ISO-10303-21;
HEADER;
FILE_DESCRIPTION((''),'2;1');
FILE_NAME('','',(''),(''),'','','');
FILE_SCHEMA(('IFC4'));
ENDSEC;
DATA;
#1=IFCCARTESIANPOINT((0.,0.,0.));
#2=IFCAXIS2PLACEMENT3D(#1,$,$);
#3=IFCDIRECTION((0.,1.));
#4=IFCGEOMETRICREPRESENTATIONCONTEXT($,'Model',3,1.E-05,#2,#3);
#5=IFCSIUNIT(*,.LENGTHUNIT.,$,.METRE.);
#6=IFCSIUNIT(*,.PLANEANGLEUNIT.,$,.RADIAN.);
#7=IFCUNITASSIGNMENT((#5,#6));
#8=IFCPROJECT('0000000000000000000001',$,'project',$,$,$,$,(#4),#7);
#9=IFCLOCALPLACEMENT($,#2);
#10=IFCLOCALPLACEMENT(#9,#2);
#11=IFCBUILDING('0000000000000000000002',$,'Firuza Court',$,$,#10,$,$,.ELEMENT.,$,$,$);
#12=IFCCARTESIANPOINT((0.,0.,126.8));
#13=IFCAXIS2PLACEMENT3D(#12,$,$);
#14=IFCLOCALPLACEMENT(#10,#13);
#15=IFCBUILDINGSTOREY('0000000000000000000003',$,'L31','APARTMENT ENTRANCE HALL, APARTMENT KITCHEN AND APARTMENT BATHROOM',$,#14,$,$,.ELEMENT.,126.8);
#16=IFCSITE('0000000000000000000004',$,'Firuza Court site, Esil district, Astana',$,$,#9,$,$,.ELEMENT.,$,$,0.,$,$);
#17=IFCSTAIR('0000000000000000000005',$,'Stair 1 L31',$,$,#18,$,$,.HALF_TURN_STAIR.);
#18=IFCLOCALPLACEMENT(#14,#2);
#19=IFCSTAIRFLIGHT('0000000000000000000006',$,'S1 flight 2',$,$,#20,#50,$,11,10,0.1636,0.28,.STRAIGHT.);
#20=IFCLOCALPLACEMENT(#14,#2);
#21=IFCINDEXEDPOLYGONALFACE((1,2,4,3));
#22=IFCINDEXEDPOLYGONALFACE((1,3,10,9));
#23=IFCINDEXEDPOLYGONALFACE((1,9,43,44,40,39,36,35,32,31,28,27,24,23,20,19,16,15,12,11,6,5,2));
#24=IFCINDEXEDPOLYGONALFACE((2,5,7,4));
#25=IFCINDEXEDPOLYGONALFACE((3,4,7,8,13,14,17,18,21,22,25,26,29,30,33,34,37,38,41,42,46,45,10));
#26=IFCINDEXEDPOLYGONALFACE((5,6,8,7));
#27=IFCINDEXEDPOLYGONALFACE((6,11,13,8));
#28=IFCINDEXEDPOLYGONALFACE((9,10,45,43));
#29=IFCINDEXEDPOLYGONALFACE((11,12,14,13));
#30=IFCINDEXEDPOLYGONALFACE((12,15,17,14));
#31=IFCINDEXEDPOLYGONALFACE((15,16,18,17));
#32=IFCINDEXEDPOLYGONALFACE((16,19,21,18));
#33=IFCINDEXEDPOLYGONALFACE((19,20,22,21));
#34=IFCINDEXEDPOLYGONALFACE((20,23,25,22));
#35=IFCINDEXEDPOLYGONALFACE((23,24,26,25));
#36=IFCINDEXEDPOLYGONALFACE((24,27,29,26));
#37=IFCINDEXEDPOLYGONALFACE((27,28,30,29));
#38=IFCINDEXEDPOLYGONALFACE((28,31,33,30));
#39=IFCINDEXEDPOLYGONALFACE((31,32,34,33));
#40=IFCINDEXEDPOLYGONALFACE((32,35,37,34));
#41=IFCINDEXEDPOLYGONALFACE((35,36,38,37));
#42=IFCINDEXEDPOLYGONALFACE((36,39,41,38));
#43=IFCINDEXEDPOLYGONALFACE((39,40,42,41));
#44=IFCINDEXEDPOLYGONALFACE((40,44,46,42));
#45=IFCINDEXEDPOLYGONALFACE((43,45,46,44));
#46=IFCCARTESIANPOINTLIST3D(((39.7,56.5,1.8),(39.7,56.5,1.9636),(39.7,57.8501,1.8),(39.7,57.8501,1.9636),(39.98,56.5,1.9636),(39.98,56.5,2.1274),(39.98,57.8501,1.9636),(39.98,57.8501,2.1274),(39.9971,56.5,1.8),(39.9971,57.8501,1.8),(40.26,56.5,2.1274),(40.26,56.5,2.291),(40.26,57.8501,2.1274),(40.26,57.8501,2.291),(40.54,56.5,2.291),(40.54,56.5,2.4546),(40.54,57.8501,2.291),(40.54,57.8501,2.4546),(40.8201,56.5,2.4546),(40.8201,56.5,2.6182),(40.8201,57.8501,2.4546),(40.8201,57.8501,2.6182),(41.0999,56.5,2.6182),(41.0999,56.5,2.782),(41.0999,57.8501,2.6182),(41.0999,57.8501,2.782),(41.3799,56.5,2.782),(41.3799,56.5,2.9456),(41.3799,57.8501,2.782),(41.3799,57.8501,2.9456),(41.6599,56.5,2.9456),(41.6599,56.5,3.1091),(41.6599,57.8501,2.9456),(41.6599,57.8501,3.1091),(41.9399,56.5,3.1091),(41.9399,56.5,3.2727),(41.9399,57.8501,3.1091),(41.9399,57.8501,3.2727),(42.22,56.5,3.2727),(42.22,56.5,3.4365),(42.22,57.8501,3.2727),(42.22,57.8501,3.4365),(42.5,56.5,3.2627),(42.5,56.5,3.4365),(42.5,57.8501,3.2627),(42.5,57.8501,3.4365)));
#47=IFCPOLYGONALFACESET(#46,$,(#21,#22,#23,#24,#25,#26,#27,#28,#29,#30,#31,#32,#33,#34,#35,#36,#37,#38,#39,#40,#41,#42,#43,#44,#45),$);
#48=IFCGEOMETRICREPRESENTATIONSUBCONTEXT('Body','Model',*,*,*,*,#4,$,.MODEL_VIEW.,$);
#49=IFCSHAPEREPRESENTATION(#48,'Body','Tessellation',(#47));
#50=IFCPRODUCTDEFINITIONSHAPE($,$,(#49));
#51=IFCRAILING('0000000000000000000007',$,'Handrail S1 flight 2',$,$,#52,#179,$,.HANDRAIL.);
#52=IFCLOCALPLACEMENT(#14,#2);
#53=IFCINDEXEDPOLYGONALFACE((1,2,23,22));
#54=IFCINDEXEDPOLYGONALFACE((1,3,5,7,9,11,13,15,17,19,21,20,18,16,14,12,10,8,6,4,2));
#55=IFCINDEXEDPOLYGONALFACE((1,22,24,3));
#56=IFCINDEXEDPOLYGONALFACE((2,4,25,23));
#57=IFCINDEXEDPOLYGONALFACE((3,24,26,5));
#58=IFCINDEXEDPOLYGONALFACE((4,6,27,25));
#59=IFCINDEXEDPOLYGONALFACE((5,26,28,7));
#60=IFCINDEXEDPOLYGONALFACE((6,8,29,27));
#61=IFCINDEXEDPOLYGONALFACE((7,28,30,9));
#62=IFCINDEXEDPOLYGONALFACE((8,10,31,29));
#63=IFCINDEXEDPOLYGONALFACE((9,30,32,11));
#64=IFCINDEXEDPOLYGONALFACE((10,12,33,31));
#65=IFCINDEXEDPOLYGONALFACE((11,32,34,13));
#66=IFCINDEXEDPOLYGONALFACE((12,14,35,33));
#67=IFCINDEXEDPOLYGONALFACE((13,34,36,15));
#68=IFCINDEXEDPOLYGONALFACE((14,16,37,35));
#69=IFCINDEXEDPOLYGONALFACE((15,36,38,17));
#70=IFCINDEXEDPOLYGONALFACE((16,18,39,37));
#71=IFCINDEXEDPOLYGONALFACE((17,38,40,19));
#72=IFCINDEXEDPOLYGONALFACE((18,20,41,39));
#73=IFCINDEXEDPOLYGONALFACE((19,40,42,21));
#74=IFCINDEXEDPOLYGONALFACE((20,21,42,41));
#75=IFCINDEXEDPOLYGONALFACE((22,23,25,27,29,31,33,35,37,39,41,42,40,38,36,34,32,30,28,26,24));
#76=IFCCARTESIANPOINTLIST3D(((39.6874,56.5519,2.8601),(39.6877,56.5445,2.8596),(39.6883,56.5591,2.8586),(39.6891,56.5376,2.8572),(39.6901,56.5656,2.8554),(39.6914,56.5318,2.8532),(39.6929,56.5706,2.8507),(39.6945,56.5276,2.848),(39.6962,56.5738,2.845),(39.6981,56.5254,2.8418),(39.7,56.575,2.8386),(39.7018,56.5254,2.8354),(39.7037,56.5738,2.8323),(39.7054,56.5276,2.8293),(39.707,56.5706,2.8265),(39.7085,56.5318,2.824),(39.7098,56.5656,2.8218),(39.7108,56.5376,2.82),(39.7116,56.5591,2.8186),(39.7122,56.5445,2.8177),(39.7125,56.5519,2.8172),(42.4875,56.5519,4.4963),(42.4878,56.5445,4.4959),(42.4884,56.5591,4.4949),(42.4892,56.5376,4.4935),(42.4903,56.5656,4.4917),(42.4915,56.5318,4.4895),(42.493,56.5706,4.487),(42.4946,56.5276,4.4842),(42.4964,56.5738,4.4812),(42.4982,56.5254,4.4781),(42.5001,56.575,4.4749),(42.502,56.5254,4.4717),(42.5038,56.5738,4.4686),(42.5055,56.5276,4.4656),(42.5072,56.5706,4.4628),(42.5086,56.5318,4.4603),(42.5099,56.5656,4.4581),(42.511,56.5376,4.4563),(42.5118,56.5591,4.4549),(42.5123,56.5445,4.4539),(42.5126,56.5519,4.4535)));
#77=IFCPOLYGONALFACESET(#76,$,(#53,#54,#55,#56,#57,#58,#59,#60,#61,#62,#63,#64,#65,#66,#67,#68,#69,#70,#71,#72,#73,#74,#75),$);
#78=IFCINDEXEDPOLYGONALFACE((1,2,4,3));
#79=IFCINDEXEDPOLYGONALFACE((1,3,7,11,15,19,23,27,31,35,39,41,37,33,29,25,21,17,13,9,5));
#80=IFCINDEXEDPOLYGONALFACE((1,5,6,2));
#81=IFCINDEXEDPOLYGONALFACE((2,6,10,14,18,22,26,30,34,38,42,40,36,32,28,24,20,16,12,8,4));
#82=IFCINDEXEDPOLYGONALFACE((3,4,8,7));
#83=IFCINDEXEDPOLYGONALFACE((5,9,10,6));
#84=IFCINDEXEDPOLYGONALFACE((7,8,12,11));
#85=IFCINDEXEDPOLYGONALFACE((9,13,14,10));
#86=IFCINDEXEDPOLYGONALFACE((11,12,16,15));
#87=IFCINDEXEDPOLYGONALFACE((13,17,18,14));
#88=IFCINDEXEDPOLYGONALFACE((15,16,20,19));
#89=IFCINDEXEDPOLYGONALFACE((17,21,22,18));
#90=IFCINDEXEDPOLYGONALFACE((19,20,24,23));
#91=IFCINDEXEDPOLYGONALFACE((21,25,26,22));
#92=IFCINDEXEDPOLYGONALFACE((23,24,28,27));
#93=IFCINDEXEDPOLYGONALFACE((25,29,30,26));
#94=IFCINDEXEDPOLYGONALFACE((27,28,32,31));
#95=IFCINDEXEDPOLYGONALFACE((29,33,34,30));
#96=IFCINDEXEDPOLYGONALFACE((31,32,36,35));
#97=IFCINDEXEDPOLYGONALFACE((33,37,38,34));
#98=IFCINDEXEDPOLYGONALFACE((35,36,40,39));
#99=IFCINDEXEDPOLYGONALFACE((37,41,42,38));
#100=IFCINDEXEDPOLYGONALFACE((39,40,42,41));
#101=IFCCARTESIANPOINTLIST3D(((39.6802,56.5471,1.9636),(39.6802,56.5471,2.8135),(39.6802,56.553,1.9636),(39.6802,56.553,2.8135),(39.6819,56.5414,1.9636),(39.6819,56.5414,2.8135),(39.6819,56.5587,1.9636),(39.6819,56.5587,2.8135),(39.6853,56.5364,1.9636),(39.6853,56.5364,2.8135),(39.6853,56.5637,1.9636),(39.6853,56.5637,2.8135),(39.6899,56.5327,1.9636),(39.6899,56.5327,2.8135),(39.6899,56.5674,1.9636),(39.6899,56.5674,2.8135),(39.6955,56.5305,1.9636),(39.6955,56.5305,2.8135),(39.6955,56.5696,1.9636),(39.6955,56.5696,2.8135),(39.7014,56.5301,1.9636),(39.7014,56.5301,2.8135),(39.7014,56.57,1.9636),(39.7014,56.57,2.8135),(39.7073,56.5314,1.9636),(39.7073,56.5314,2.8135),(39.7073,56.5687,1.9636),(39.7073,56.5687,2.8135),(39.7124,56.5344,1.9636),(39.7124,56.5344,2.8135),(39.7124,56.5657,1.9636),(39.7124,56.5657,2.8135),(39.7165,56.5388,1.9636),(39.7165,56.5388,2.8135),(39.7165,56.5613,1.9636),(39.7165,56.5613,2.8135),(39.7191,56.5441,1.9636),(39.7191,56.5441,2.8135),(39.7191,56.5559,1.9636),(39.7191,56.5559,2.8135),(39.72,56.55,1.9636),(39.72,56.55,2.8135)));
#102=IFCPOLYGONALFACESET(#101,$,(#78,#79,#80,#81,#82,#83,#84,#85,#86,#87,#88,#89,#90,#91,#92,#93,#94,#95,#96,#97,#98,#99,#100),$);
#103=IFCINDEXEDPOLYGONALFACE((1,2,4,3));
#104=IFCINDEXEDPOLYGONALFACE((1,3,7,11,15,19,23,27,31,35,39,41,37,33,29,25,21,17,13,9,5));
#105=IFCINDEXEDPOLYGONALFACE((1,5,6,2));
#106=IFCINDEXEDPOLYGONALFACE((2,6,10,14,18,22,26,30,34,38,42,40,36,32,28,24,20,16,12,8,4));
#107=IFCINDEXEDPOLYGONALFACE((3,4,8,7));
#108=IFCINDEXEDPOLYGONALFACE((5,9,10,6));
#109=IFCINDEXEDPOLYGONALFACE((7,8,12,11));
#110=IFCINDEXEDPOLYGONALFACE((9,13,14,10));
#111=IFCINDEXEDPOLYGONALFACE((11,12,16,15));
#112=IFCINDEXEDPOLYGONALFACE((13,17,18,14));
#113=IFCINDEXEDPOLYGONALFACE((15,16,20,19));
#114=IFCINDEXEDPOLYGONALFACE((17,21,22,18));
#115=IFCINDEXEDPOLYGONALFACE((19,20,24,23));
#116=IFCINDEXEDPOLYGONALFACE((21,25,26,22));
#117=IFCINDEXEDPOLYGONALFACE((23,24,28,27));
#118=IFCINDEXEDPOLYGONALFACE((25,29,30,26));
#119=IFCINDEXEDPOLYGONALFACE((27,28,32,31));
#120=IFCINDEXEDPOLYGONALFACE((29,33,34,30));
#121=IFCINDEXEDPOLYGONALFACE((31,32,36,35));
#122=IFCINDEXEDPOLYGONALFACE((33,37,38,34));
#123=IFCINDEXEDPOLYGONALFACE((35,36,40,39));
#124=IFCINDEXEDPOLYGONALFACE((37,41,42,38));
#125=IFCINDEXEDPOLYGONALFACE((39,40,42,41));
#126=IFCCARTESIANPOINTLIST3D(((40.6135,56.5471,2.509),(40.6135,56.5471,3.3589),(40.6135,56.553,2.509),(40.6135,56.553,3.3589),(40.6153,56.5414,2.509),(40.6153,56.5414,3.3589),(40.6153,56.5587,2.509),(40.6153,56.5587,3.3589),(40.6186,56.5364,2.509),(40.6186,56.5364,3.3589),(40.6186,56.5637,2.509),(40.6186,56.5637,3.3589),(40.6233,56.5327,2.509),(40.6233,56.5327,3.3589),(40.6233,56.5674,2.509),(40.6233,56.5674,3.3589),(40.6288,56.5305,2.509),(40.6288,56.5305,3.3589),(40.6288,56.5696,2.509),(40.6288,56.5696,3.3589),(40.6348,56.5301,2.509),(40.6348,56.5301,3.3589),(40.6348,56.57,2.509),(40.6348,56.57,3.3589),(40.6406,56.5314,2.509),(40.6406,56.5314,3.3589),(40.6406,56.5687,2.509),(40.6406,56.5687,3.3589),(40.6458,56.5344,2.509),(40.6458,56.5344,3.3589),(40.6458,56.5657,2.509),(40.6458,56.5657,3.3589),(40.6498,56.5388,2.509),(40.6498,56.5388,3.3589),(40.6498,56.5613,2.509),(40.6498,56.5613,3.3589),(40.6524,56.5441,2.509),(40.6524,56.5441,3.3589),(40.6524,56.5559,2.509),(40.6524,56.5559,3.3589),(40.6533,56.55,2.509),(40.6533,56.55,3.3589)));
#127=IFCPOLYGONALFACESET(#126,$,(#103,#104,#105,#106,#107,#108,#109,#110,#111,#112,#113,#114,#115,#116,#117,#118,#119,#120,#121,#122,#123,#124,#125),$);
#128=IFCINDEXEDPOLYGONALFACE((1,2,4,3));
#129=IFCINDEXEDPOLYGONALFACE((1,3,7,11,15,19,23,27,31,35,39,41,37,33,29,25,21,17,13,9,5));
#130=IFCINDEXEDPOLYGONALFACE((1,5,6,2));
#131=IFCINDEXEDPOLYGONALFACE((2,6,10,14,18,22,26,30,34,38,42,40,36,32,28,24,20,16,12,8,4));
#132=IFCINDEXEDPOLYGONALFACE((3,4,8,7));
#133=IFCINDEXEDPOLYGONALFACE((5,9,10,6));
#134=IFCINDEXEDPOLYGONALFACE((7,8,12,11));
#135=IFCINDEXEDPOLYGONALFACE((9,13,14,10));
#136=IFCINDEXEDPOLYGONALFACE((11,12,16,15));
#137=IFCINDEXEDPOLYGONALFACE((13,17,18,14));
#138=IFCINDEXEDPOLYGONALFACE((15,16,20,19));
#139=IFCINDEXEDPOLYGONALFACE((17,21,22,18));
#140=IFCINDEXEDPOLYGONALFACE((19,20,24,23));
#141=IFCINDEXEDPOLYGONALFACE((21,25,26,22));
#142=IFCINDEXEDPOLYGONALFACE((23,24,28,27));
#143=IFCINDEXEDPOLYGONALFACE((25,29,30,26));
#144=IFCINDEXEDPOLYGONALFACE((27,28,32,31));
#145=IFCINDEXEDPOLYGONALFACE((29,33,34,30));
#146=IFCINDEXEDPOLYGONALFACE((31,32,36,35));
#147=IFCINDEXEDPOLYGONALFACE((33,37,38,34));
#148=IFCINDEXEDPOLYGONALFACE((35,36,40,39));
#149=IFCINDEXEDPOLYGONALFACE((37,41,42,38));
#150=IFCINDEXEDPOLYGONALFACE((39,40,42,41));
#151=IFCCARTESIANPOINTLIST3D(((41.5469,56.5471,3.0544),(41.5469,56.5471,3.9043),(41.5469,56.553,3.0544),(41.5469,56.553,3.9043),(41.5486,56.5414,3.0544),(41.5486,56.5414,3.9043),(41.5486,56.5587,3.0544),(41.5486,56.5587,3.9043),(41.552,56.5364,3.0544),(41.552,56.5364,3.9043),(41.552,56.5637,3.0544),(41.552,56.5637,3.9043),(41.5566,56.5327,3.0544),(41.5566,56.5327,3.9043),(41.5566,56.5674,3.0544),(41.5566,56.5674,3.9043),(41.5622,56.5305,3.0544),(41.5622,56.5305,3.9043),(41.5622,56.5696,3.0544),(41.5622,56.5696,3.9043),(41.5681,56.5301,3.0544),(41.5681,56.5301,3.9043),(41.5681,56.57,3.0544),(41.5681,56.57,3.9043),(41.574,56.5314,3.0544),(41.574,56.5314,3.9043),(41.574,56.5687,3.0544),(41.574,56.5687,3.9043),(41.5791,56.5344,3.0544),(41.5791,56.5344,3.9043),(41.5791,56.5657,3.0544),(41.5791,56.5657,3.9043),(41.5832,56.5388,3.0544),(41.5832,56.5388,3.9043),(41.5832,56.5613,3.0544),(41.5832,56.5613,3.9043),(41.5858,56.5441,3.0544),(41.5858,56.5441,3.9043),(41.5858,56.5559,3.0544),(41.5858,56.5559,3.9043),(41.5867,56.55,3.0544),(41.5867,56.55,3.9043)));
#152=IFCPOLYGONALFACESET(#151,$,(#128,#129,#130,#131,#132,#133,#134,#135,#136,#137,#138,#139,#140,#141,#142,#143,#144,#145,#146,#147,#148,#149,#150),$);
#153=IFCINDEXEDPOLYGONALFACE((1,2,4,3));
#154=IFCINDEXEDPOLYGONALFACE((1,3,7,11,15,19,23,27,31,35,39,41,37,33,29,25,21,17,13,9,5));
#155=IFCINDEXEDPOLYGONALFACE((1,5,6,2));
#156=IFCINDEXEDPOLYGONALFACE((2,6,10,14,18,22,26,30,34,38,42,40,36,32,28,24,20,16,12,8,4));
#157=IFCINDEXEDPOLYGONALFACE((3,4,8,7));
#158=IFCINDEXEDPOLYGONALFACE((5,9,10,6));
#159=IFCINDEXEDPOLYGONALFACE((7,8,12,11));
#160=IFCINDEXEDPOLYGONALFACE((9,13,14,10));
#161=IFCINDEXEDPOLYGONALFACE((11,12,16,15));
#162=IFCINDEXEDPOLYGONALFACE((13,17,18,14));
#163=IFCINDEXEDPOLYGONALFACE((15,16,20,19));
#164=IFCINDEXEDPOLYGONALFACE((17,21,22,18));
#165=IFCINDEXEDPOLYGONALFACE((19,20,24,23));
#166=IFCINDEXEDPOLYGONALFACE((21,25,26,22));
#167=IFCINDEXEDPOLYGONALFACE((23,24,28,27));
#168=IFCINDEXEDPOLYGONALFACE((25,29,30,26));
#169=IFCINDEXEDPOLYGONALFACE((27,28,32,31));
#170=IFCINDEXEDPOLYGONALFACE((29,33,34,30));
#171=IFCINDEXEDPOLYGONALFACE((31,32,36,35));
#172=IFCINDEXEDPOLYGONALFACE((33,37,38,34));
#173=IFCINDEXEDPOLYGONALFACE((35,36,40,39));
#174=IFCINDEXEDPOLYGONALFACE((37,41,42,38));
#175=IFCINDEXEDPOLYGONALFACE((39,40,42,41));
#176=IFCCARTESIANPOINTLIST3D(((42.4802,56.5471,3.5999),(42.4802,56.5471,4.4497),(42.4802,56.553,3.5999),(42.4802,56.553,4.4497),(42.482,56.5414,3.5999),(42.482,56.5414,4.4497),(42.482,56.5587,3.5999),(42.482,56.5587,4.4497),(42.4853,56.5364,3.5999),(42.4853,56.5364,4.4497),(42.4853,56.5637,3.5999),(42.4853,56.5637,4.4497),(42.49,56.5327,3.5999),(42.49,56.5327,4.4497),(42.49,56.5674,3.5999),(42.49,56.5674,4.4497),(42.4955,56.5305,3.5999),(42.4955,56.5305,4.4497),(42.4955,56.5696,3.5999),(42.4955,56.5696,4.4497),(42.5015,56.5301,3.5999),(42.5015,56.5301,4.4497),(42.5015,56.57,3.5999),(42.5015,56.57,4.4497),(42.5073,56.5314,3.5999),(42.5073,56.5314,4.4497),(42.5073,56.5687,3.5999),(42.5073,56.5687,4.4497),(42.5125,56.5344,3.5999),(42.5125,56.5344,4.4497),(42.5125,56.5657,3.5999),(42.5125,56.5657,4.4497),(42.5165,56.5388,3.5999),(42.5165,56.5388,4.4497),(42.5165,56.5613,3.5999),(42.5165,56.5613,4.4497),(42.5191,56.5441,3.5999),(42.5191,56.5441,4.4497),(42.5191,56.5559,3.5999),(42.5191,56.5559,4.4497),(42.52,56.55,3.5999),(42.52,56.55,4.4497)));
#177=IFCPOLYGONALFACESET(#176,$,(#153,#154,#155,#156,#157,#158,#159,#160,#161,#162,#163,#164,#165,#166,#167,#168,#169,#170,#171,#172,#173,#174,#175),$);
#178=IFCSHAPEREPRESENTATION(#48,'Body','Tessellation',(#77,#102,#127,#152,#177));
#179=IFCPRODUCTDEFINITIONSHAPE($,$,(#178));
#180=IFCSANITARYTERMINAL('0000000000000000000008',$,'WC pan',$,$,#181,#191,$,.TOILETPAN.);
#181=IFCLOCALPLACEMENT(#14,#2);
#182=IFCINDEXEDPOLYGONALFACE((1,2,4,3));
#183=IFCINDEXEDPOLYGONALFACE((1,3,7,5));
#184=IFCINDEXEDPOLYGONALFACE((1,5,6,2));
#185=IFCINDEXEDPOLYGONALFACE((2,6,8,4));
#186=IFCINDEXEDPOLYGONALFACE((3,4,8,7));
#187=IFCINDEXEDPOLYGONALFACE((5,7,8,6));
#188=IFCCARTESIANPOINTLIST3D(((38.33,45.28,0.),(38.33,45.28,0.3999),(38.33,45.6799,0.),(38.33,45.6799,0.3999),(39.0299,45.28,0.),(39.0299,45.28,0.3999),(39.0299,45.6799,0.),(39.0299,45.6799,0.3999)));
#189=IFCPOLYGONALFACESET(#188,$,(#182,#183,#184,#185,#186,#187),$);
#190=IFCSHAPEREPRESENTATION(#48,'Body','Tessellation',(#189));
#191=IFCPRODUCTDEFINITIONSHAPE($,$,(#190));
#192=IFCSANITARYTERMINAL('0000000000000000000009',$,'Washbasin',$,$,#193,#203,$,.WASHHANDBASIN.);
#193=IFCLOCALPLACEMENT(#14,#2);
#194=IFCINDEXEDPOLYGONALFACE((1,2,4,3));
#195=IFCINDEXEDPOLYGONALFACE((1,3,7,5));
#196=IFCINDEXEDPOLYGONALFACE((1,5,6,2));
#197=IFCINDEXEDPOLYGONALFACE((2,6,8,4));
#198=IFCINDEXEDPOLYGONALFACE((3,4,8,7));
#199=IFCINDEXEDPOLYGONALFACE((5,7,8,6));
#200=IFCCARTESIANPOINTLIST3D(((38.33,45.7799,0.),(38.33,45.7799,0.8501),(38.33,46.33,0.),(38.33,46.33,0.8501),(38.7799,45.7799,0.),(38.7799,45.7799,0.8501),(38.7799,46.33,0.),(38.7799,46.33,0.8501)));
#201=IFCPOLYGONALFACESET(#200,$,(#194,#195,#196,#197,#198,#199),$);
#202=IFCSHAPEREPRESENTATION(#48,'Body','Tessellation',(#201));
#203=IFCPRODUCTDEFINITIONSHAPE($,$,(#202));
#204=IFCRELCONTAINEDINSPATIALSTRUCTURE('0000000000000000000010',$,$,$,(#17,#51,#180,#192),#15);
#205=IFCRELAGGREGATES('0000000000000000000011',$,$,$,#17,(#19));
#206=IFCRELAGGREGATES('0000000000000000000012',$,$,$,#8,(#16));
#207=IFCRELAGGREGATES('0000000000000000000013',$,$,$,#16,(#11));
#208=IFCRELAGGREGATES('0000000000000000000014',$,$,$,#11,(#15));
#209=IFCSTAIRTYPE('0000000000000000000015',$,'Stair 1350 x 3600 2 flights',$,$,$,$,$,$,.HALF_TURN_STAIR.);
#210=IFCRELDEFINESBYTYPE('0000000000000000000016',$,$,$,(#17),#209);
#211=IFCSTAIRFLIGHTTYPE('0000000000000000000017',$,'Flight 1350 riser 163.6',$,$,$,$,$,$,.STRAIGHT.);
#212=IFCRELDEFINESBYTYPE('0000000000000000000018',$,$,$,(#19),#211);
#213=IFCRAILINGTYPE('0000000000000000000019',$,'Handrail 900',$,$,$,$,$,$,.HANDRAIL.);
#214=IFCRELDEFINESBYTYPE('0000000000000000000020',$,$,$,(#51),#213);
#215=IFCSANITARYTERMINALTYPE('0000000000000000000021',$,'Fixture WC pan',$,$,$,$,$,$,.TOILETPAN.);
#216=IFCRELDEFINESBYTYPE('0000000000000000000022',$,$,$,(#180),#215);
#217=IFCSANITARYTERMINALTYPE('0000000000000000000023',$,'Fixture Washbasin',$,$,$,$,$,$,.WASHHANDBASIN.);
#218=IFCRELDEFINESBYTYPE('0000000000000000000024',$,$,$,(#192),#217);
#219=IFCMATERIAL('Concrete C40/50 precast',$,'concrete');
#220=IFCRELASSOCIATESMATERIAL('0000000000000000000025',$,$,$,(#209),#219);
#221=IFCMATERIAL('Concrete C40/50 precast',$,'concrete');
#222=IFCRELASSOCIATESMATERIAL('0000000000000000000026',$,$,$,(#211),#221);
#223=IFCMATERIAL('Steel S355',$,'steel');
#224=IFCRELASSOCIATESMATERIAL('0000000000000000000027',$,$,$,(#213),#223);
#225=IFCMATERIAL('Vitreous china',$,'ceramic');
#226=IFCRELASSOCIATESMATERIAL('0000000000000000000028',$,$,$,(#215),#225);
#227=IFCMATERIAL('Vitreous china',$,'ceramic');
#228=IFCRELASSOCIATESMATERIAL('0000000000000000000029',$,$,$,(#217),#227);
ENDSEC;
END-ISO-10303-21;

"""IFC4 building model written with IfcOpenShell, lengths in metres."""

from ifc_helpers import new_model, si_unit, direction, frame, origin, origin_2d, place, context, subcontext, project, spatial, polyline, rectangle, circle, outline, extrude, material, type_object, element, aggregate, save


model = new_model("IFC4")

# Units and contexts
model_context = context("Model", 3, precision=1e-05, world=origin(), true_north=direction((0.0, 1.0)))
body_context = subcontext(model_context, "Body", "Model", "MODEL_VIEW")
ifc_project = project(units=[si_unit("LENGTHUNIT", "METRE"), si_unit("PLANEANGLEUNIT", "RADIAN")], contexts=[model_context])

# Site, building, storey
site_placement = place(None, origin())
site = spatial("IfcSite", under=ifc_project, at=site_placement, Name="Firuza Court site, Esil district, Astana", CompositionType="ELEMENT", RefElevation=0.0)
building_placement = place(site_placement, origin())
building = spatial("IfcBuilding", under=site, at=building_placement, Name="Firuza Court", CompositionType="ELEMENT")
storey_placement = place(building_placement, frame((0.0, 0.0, 126.8)))
storey = spatial("IfcBuildingStorey", under=building, at=storey_placement, Name="L31", Description="APARTMENT ENTRANCE HALL, APARTMENT KITCHEN AND APARTMENT BATHROOM", CompositionType="ELEMENT", Elevation=126.8)

# Stair, stair flight
ifc_material_1 = material(Name="Concrete C40/50 precast", Category="concrete")
stair_type = type_object("IfcStairType", Name="Stair 1350 x 3600 2 flights", PredefinedType="HALF_TURN_STAIR", material=ifc_material_1)
stair_placement = place(storey_placement, origin())
stair = element("IfcStair", 1, at=stair_placement, inside=storey, type_object=stair_type, Name="Stair 1 L31", PredefinedType="HALF_TURN_STAIR")
ifc_material_2 = material(Name="Concrete C40/50 precast", Category="concrete")
stair_flight_type = type_object("IfcStairFlightType", Name="Flight 1350 riser 163.6", PredefinedType="STRAIGHT", material=ifc_material_2)
stair_flight_1_placement = place(storey_placement, frame((39.7, 57.175, 1.8), z_axis=(0.0, 0.0, 1.0), x_axis=(1.0, 0.0, 0.0)))
stair_flight_1 = element("IfcStairFlight", 2, at=stair_flight_1_placement, type_object=stair_flight_type, Name="S1 flight 2", NumberOfRisers=11, NumberOfTreads=10, PredefinedType="STRAIGHT", RiserHeight=0.1636, TreadLength=0.28, context=body_context, shape_type="SweptSolid", body=[
    extrude(outline(polyline([(0.0, 0.0), (0.0, 0.1636), (0.28, 0.1636), (0.28, 0.3274), (0.5601, 0.3274), (0.5601, 0.491), (0.8401, 0.491), (0.8401, 0.6545), (1.1201, 0.6545), (1.1201, 0.8181), (1.3999, 0.8181), (1.3999, 0.9819), (1.6799, 0.9819), (1.6799, 1.1455), (1.96, 1.1455), (1.96, 1.3091), (2.24, 1.3091), (2.24, 1.4727), (2.52, 1.4727), (2.52, 1.6365), (2.8, 1.6365), (2.8, 1.8), (2.8, 1.4626), (0.2971, 0.0), (0.0, 0.0)])), frame((0.0, 0.675, 0.0), z_axis=(0.0, -1.0, 0.0), x_axis=(1.0, 0.0, 0.0)), (0.0, 0.0, 1.0), 1.3501),
])
aggregate(stair, [stair_flight_1])

# Railing
ifc_material_3 = material(Name="Steel S355", Category="steel")
railing_type = type_object("IfcRailingType", Name="Handrail 900", PredefinedType="HANDRAIL", material=ifc_material_3)
railing_placement = place(storey_placement, frame((39.7, 56.55, 1.9636)))
element("IfcRailing", 3, at=railing_placement, inside=storey, type_object=railing_type, Name="Handrail S1 flight 2", PredefinedType="HANDRAIL", context=body_context, shape_type="SweptSolid", body=[
    extrude(circle(Radius=0.0249, at=origin_2d()), frame((0.0, 0.0, 0.875), z_axis=(0.863394, 0.0, 0.504531), x_axis=(0.0, 1.0, 0.0)), (0.0, 0.0, 1.0), 3.2432),
    extrude(circle(Radius=0.02, at=origin_2d()), origin(), (0.0, 0.0, 1.0), 0.8499),
    extrude(circle(Radius=0.02, at=origin_2d()), frame((0.9333, 0.0, 0.5454)), (0.0, 0.0, 1.0), 0.8499),
    extrude(circle(Radius=0.02, at=origin_2d()), frame((1.8667, 0.0, 1.0908)), (0.0, 0.0, 1.0), 0.8499),
    extrude(circle(Radius=0.02, at=origin_2d()), frame((2.8, 0.0, 1.6362)), (0.0, 0.0, 1.0), 0.8499),
])

# Sanitary terminals
ifc_material_4 = material(Name="Vitreous china", Category="ceramic")
sanitary_terminal_type_1 = type_object("IfcSanitaryTerminalType", Name="Fixture WC pan", PredefinedType="TOILETPAN", material=ifc_material_4)
sanitary_terminal_1_placement = place(storey_placement, frame((38.6799, 45.48, 0.0), z_axis=(0.0, 0.0, 1.0), x_axis=(1.0, 0.0, 0.0)))
element("IfcSanitaryTerminal", 4, at=sanitary_terminal_1_placement, inside=storey, type_object=sanitary_terminal_type_1, Name="WC pan", PredefinedType="TOILETPAN", context=body_context, shape_type="SweptSolid", body=[
    extrude(rectangle(XDim=0.7, YDim=0.3999, at=origin_2d()), origin(), (0.0, 0.0, 1.0), 0.3999),
])
ifc_material_5 = material(Name="Vitreous china", Category="ceramic")
sanitary_terminal_type_2 = type_object("IfcSanitaryTerminalType", Name="Fixture Washbasin", PredefinedType="WASHHANDBASIN", material=ifc_material_5)
sanitary_terminal_2_placement = place(storey_placement, frame((38.5549, 46.0549, 0.0), z_axis=(0.0, 0.0, 1.0), x_axis=(1.0, 0.0, 0.0)))
element("IfcSanitaryTerminal", 5, at=sanitary_terminal_2_placement, inside=storey, type_object=sanitary_terminal_type_2, Name="Washbasin", PredefinedType="WASHHANDBASIN", context=body_context, shape_type="SweptSolid", body=[
    extrude(rectangle(XDim=0.45, YDim=0.55, at=origin_2d()), origin(), (0.0, 0.0, 1.0), 0.8501),
])

save(model, "model.ifc")
